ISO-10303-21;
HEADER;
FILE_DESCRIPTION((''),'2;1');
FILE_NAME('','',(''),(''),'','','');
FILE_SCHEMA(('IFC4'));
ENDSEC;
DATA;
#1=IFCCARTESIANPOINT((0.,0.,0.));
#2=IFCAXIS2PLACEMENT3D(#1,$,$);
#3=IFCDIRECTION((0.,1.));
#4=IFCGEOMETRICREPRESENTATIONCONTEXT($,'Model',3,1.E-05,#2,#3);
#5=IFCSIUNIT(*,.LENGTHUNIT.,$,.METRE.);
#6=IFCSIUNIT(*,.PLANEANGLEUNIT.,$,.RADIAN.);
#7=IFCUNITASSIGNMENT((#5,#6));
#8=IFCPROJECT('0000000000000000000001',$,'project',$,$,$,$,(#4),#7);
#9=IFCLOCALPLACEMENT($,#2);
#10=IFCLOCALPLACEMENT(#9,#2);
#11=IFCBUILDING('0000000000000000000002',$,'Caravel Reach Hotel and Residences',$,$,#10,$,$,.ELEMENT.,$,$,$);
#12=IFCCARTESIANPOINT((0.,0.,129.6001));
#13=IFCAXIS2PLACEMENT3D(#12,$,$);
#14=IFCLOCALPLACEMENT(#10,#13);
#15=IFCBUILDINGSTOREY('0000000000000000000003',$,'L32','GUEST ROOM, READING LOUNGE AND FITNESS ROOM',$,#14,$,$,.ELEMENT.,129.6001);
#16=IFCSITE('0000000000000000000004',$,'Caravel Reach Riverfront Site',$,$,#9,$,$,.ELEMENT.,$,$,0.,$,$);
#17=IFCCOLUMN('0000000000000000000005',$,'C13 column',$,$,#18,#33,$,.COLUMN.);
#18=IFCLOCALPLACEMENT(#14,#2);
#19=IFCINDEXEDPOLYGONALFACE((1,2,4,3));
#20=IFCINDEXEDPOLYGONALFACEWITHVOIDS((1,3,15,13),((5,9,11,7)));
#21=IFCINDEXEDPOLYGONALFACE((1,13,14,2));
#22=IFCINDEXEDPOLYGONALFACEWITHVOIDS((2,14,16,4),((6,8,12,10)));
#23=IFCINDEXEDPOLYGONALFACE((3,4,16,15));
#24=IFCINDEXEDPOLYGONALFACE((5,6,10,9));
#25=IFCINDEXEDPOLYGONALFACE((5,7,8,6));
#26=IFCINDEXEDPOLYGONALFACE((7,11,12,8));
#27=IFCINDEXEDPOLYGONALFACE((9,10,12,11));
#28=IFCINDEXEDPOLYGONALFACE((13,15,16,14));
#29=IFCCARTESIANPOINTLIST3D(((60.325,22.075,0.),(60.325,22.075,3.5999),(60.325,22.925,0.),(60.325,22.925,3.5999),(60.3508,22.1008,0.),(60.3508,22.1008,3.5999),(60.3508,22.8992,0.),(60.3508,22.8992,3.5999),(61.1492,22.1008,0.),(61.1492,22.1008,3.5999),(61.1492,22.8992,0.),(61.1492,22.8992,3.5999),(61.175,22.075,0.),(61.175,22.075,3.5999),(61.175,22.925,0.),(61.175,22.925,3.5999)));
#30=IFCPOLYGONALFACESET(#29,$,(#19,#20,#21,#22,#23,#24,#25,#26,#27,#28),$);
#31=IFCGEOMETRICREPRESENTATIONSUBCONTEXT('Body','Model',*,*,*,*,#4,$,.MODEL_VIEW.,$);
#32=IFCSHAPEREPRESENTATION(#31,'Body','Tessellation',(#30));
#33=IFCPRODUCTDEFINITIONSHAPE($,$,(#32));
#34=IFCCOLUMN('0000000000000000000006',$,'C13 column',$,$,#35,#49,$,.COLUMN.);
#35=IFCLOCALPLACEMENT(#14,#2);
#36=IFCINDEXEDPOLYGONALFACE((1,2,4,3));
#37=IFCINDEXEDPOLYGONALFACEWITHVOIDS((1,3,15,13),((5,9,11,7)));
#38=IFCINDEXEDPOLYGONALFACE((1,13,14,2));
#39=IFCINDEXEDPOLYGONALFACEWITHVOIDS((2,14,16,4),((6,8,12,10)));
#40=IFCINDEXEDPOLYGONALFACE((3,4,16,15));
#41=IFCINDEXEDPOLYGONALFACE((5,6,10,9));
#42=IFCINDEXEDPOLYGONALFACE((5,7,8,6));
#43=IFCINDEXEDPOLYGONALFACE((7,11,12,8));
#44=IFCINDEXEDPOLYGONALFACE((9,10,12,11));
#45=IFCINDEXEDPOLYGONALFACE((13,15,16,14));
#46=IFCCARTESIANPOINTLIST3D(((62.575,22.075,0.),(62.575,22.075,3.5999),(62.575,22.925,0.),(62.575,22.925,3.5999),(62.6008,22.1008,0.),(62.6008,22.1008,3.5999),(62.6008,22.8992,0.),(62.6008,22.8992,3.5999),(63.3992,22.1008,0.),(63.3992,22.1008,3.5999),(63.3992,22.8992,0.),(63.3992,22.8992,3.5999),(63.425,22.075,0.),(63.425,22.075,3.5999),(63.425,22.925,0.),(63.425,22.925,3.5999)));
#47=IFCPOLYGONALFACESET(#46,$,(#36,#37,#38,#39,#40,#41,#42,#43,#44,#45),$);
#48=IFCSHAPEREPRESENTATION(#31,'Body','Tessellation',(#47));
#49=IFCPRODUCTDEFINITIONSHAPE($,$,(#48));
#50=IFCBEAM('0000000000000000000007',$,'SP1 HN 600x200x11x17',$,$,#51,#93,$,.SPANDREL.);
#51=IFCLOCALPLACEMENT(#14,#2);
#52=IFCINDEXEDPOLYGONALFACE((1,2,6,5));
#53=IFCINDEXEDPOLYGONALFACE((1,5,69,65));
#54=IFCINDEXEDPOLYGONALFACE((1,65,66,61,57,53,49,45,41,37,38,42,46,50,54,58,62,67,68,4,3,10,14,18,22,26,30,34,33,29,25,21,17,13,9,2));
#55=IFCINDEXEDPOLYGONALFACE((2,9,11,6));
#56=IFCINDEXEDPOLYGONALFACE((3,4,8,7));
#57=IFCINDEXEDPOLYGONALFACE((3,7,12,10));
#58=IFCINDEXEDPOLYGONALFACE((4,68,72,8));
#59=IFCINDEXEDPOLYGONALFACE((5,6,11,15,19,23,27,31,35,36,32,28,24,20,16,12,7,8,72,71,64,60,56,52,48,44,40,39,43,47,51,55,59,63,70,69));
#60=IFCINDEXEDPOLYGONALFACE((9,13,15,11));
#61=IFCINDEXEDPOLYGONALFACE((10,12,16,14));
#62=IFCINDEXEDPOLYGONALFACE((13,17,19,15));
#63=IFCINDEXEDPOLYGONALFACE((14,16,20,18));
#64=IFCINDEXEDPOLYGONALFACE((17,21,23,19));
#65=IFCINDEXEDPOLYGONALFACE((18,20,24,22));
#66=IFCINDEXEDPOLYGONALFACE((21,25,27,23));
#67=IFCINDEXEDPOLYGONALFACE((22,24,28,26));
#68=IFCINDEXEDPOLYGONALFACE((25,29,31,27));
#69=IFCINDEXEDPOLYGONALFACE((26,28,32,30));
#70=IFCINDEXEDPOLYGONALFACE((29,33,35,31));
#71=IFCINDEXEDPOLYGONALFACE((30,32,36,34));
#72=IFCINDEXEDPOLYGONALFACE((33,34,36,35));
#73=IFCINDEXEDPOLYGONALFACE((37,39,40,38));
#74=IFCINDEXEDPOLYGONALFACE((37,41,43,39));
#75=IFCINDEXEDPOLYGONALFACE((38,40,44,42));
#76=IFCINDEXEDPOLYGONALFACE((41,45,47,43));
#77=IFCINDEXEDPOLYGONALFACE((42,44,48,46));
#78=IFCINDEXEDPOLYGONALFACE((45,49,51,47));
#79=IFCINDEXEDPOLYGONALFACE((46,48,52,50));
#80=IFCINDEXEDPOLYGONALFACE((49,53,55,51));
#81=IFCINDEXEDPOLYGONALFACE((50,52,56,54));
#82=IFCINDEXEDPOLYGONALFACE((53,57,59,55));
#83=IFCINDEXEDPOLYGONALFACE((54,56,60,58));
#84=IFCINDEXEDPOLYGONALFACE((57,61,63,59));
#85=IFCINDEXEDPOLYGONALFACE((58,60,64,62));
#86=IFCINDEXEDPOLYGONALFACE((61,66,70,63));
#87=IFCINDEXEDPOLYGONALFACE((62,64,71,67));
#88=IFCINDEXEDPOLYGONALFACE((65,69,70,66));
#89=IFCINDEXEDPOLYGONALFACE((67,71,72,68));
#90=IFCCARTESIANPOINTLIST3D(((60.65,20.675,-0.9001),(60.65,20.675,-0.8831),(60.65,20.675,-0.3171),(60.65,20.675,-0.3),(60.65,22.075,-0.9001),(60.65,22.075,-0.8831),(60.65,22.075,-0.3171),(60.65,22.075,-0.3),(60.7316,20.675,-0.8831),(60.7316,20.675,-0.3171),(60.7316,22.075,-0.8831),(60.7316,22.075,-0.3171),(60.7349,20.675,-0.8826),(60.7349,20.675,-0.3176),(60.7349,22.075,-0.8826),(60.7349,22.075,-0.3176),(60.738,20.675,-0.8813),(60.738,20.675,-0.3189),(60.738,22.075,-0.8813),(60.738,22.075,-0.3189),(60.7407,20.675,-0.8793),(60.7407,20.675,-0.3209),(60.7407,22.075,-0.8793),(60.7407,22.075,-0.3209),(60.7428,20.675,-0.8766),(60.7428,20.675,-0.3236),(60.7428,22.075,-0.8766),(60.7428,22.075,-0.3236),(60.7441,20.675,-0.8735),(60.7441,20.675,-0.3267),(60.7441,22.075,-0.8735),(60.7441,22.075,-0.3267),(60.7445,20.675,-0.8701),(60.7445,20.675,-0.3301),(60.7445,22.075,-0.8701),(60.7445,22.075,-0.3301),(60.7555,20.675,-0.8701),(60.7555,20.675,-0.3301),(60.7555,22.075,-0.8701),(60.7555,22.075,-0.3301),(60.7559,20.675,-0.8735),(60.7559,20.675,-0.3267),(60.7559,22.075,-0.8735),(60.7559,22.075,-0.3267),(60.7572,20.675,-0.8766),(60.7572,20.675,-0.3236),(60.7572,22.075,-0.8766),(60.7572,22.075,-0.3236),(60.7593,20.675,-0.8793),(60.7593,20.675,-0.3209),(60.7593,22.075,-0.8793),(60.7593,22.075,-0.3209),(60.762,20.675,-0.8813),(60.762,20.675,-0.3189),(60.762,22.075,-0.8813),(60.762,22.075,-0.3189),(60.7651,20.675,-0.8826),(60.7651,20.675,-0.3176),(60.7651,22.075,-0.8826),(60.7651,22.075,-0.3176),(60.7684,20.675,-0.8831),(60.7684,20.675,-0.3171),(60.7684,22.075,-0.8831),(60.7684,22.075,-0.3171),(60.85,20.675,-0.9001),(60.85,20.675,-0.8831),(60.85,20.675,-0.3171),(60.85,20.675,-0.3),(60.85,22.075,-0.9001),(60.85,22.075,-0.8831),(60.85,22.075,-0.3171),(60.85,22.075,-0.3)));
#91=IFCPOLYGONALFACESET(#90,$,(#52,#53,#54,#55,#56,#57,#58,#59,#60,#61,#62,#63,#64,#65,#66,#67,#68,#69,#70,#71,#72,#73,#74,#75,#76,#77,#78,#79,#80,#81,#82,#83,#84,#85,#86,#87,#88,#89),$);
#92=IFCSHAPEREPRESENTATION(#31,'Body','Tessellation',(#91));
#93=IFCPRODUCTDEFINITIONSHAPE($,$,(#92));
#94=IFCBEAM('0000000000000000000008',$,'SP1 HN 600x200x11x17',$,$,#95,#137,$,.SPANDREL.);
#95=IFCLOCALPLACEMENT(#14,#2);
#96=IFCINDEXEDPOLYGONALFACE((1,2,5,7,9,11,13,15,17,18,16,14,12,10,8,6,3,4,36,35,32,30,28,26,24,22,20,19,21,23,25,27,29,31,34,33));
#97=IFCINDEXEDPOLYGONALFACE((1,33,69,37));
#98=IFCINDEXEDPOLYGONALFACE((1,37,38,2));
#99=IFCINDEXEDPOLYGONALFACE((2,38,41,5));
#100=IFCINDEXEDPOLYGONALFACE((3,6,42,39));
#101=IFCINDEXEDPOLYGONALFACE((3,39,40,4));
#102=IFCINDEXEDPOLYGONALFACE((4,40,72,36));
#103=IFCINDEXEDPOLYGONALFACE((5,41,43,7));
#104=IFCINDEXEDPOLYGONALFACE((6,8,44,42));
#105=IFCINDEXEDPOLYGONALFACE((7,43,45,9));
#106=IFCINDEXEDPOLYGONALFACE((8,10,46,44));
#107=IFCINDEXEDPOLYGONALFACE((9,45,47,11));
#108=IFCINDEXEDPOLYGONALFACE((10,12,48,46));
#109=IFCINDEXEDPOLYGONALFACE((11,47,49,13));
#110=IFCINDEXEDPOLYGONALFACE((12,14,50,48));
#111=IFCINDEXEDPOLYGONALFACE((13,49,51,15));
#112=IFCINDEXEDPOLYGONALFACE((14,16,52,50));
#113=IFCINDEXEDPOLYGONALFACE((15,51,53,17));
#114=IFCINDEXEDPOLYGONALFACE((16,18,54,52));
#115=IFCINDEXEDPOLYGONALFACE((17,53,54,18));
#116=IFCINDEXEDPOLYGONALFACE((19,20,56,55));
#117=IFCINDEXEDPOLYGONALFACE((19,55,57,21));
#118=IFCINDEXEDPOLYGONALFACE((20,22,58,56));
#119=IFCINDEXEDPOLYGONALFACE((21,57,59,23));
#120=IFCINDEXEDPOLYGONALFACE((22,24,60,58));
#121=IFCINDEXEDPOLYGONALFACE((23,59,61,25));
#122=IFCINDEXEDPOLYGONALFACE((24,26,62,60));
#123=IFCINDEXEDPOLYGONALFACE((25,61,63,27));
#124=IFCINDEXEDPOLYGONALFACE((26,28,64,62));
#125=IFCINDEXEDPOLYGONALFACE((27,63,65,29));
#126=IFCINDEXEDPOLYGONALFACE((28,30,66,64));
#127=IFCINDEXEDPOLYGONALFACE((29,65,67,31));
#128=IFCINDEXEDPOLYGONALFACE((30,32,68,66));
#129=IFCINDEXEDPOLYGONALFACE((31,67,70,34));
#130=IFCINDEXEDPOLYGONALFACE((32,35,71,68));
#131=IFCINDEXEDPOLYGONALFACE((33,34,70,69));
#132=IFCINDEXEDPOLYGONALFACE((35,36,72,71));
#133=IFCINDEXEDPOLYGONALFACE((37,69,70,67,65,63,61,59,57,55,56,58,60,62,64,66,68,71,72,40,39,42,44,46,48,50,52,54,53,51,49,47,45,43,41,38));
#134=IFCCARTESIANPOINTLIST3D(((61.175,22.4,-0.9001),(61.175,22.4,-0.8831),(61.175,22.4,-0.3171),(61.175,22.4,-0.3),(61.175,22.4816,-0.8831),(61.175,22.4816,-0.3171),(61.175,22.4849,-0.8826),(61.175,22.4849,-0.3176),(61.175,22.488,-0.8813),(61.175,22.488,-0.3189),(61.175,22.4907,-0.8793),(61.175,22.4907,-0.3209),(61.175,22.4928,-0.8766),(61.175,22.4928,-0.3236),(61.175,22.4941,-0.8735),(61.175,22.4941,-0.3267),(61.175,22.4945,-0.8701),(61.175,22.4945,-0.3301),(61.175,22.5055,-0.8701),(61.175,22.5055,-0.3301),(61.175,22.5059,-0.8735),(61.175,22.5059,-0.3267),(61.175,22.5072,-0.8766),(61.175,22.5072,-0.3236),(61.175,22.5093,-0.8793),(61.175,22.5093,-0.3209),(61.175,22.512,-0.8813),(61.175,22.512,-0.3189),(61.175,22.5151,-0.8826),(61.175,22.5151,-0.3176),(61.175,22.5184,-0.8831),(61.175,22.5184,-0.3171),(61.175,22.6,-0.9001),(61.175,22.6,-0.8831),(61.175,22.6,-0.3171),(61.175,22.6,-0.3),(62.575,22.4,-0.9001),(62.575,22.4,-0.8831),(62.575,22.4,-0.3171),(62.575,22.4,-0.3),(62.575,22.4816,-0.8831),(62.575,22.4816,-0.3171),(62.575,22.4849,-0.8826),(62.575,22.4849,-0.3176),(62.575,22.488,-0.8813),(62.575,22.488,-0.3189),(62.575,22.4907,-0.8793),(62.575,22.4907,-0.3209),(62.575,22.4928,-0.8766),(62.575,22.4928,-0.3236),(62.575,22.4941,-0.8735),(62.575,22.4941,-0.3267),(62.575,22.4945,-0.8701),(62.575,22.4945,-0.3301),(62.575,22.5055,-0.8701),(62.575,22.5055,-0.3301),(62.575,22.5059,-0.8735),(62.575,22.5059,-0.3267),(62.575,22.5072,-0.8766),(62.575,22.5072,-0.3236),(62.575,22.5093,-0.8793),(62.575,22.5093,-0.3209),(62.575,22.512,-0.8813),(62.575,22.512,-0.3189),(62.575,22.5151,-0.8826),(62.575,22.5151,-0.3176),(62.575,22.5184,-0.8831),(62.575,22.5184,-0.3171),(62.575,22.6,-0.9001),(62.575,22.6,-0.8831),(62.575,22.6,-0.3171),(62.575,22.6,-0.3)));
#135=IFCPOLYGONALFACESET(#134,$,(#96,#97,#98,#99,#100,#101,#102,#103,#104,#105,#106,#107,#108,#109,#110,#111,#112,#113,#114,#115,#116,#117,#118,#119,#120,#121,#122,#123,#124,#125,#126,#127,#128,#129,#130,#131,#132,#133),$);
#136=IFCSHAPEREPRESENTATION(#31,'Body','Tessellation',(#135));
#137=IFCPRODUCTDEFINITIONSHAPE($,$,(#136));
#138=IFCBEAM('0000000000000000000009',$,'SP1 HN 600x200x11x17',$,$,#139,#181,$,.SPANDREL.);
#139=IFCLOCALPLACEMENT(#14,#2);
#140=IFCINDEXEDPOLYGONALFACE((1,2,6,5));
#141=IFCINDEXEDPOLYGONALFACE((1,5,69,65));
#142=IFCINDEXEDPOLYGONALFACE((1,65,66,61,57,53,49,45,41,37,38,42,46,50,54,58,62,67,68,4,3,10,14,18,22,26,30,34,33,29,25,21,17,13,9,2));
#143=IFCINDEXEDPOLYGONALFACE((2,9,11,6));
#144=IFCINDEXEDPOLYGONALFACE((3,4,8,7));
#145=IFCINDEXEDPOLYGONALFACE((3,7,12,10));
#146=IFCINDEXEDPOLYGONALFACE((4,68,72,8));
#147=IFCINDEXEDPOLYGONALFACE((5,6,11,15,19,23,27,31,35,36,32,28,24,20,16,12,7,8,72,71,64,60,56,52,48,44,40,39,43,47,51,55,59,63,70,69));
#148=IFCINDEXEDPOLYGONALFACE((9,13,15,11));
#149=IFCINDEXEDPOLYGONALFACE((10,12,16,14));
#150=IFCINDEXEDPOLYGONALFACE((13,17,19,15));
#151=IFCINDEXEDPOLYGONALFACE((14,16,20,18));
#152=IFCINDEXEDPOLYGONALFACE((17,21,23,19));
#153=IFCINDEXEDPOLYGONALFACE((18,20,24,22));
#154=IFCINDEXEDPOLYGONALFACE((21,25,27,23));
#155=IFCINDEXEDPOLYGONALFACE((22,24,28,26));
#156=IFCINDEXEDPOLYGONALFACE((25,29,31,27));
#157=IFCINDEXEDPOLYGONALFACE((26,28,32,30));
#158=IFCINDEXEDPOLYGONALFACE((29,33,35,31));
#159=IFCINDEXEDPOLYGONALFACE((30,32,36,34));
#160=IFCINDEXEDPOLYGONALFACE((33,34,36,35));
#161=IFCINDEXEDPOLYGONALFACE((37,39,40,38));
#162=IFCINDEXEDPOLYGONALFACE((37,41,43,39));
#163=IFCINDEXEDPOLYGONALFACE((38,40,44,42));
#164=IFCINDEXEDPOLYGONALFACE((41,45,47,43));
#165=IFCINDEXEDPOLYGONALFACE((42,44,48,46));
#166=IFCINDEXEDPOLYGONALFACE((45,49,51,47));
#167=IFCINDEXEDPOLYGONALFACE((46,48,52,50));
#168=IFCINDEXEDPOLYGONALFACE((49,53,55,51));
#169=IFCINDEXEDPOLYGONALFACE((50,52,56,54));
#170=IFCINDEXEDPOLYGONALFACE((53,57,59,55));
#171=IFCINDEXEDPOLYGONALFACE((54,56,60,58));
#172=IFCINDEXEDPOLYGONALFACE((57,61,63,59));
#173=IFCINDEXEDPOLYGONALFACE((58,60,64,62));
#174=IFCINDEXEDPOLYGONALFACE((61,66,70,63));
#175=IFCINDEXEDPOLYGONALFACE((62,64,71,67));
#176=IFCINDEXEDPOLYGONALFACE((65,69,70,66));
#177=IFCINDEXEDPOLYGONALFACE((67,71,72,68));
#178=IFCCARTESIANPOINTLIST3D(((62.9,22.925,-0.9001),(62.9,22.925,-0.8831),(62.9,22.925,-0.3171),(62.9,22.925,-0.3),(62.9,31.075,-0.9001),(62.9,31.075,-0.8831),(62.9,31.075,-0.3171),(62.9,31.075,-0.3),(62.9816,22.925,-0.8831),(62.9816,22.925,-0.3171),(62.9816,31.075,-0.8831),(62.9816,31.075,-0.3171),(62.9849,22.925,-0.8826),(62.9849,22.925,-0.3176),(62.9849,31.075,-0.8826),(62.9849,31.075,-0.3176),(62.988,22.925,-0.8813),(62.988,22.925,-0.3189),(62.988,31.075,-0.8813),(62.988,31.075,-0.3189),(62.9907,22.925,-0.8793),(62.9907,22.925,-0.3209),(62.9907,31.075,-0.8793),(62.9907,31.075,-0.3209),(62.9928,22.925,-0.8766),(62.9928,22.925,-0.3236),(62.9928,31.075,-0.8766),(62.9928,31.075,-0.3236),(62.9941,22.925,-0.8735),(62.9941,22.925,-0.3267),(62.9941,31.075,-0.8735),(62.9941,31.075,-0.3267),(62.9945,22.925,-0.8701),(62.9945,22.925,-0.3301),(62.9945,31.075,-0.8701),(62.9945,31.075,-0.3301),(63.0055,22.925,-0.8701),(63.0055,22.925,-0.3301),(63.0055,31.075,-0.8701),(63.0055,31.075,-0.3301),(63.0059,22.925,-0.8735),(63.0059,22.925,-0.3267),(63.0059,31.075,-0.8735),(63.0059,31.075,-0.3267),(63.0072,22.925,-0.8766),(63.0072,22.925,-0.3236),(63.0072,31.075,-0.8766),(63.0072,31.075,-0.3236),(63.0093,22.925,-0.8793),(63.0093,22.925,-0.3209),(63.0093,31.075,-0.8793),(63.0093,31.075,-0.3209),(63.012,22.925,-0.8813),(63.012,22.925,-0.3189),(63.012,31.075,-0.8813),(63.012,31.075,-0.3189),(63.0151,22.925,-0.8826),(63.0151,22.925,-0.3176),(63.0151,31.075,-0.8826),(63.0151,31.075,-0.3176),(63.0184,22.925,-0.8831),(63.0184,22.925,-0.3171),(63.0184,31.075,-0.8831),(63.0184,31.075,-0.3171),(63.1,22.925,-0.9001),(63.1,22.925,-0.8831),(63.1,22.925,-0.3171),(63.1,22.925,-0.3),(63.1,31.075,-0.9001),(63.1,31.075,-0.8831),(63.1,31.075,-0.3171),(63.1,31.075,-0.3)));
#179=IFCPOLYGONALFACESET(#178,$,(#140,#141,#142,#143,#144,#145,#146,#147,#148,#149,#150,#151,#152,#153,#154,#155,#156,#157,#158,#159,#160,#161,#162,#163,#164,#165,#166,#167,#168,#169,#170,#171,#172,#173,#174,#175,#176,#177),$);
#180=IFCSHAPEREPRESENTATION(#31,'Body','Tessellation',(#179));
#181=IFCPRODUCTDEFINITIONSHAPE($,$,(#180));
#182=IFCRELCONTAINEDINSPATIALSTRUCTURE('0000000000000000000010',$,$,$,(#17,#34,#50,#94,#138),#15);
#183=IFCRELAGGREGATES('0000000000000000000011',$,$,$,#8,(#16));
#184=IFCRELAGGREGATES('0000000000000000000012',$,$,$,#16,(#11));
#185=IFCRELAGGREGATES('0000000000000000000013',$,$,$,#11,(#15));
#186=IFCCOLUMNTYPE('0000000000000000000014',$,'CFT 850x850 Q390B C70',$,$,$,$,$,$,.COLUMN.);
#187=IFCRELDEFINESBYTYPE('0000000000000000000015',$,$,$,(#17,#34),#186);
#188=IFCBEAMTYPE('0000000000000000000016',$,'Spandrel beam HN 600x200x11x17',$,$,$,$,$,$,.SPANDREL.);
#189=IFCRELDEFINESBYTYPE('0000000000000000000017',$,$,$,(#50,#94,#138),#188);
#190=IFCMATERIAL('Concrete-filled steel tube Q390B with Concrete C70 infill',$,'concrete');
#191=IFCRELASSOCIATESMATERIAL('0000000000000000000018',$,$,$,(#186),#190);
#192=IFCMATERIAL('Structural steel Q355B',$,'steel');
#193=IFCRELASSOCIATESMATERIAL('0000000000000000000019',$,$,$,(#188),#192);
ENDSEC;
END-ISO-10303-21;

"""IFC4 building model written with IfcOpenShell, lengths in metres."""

from ifc_helpers import new_model, si_unit, direction, frame, origin, origin_2d, place, context, subcontext, project, spatial, hollow_rectangle, i_section, extrude, material, material_profile, profile_set, type_object, element, save


model = new_model("IFC4")

# Units and contexts
model_context = context("Model", 3, precision=1e-05, world=origin(), true_north=direction((0.0, 1.0)))
body_context = subcontext(model_context, "Body", "Model", "MODEL_VIEW")
ifc_project = project(units=[si_unit("LENGTHUNIT", "METRE"), si_unit("PLANEANGLEUNIT", "RADIAN")], contexts=[model_context])

# Site, building, storey
site_placement = place(None, origin())
site = spatial("IfcSite", under=ifc_project, at=site_placement, Name="Caravel Reach Riverfront Site", CompositionType="ELEMENT", RefElevation=0.0)
building_placement = place(site_placement, origin())
building = spatial("IfcBuilding", under=site, at=building_placement, Name="Caravel Reach Hotel and Residences", CompositionType="ELEMENT")
storey_placement = place(building_placement, frame((0.0, 0.0, 129.6001)))
storey = spatial("IfcBuildingStorey", under=building, at=storey_placement, Name="L32", Description="GUEST ROOM, READING LOUNGE AND FITNESS ROOM", CompositionType="ELEMENT", Elevation=129.6001)

# Columns
ifc_material_1 = material(Name="Concrete-filled steel tube Q390B with Concrete C70 infill", Category="concrete")
ifc_material_profile_1 = material_profile(ifc_material_1, hollow_rectangle(XDim=0.8501, YDim=0.8501, WallThickness=0.0259, at=origin_2d()), Name="RHS 850x850x26")
ifc_profile_set_1 = profile_set([ifc_material_profile_1], Name="Concrete-filled steel tube Q390B with Concrete C70 infill")
column_type = type_object("IfcColumnType", Name="CFT 850x850 Q390B C70", PredefinedType="COLUMN", material=ifc_profile_set_1)
for number, where, z_axis, x_axis, name in (
    (1, (60.75, 22.5, 0.0), (0.0, 0.0, 1.0), (1.0, 0.0, 0.0), "C13 column"),
    (2, (63.0, 22.5, 0.0), (0.0, 0.0, 1.0), (1.0, 0.0, 0.0), "C13 column"),
):
    element("IfcColumn", number, at=place(storey_placement, frame(where, z_axis=z_axis, x_axis=x_axis)), inside=storey, type_object=column_type, Name=name, PredefinedType="COLUMN", context=body_context, shape_type="SweptSolid", body=[
        extrude(hollow_rectangle(XDim=0.8501, YDim=0.8501, WallThickness=0.0259, at=origin_2d()), origin(), (0.0, 0.0, 1.0), 3.5999),
    ])

# Beams
ifc_material_2 = material(Name="Structural steel Q355B", Category="steel")
ifc_material_profile_2 = material_profile(ifc_material_2, i_section(OverallWidth=0.2, OverallDepth=0.6001, WebThickness=0.011, FlangeThickness=0.0171, FilletRadius=0.0129, at=origin_2d()), Name="HN 600x200x11x17")
ifc_profile_set_2 = profile_set([ifc_material_profile_2], Name="Structural steel Q355B")
beam_type = type_object("IfcBeamType", Name="Spandrel beam HN 600x200x11x17", PredefinedType="SPANDREL", material=ifc_profile_set_2)
for number, where, z_axis, x_axis, name in (
    (3, (60.75, 20.675, -0.6001), (0.0, 1.0, 0.0), (-1.0, 0.0, 0.0), "SP1 HN 600x200x11x17"),
    (4, (61.175, 22.5, -0.6001), (1.0, 0.0, 0.0), (0.0, 1.0, 0.0), "SP1 HN 600x200x11x17"),
):
    element("IfcBeam", number, at=place(storey_placement, frame(where, z_axis=z_axis, x_axis=x_axis)), inside=storey, type_object=beam_type, Name=name, PredefinedType="SPANDREL", context=body_context, shape_type="SweptSolid", body=[
        extrude(i_section(OverallWidth=0.2, OverallDepth=0.6001, WebThickness=0.011, FlangeThickness=0.0171, FilletRadius=0.0129, at=origin_2d()), origin(), (0.0, 0.0, 1.0), 1.3999),
    ])
beam_placement = place(storey_placement, frame((63.0, 22.925, -0.6001), z_axis=(0.0, 1.0, 0.0), x_axis=(-1.0, 0.0, 0.0)))
element("IfcBeam", 5, at=beam_placement, inside=storey, type_object=beam_type, Name="SP1 HN 600x200x11x17", PredefinedType="SPANDREL", context=body_context, shape_type="SweptSolid", body=[
    extrude(i_section(OverallWidth=0.2, OverallDepth=0.6001, WebThickness=0.011, FlangeThickness=0.0171, FilletRadius=0.0129, at=origin_2d()), origin(), (0.0, 0.0, 1.0), 8.1499),
])

save(model, "model.ifc")
